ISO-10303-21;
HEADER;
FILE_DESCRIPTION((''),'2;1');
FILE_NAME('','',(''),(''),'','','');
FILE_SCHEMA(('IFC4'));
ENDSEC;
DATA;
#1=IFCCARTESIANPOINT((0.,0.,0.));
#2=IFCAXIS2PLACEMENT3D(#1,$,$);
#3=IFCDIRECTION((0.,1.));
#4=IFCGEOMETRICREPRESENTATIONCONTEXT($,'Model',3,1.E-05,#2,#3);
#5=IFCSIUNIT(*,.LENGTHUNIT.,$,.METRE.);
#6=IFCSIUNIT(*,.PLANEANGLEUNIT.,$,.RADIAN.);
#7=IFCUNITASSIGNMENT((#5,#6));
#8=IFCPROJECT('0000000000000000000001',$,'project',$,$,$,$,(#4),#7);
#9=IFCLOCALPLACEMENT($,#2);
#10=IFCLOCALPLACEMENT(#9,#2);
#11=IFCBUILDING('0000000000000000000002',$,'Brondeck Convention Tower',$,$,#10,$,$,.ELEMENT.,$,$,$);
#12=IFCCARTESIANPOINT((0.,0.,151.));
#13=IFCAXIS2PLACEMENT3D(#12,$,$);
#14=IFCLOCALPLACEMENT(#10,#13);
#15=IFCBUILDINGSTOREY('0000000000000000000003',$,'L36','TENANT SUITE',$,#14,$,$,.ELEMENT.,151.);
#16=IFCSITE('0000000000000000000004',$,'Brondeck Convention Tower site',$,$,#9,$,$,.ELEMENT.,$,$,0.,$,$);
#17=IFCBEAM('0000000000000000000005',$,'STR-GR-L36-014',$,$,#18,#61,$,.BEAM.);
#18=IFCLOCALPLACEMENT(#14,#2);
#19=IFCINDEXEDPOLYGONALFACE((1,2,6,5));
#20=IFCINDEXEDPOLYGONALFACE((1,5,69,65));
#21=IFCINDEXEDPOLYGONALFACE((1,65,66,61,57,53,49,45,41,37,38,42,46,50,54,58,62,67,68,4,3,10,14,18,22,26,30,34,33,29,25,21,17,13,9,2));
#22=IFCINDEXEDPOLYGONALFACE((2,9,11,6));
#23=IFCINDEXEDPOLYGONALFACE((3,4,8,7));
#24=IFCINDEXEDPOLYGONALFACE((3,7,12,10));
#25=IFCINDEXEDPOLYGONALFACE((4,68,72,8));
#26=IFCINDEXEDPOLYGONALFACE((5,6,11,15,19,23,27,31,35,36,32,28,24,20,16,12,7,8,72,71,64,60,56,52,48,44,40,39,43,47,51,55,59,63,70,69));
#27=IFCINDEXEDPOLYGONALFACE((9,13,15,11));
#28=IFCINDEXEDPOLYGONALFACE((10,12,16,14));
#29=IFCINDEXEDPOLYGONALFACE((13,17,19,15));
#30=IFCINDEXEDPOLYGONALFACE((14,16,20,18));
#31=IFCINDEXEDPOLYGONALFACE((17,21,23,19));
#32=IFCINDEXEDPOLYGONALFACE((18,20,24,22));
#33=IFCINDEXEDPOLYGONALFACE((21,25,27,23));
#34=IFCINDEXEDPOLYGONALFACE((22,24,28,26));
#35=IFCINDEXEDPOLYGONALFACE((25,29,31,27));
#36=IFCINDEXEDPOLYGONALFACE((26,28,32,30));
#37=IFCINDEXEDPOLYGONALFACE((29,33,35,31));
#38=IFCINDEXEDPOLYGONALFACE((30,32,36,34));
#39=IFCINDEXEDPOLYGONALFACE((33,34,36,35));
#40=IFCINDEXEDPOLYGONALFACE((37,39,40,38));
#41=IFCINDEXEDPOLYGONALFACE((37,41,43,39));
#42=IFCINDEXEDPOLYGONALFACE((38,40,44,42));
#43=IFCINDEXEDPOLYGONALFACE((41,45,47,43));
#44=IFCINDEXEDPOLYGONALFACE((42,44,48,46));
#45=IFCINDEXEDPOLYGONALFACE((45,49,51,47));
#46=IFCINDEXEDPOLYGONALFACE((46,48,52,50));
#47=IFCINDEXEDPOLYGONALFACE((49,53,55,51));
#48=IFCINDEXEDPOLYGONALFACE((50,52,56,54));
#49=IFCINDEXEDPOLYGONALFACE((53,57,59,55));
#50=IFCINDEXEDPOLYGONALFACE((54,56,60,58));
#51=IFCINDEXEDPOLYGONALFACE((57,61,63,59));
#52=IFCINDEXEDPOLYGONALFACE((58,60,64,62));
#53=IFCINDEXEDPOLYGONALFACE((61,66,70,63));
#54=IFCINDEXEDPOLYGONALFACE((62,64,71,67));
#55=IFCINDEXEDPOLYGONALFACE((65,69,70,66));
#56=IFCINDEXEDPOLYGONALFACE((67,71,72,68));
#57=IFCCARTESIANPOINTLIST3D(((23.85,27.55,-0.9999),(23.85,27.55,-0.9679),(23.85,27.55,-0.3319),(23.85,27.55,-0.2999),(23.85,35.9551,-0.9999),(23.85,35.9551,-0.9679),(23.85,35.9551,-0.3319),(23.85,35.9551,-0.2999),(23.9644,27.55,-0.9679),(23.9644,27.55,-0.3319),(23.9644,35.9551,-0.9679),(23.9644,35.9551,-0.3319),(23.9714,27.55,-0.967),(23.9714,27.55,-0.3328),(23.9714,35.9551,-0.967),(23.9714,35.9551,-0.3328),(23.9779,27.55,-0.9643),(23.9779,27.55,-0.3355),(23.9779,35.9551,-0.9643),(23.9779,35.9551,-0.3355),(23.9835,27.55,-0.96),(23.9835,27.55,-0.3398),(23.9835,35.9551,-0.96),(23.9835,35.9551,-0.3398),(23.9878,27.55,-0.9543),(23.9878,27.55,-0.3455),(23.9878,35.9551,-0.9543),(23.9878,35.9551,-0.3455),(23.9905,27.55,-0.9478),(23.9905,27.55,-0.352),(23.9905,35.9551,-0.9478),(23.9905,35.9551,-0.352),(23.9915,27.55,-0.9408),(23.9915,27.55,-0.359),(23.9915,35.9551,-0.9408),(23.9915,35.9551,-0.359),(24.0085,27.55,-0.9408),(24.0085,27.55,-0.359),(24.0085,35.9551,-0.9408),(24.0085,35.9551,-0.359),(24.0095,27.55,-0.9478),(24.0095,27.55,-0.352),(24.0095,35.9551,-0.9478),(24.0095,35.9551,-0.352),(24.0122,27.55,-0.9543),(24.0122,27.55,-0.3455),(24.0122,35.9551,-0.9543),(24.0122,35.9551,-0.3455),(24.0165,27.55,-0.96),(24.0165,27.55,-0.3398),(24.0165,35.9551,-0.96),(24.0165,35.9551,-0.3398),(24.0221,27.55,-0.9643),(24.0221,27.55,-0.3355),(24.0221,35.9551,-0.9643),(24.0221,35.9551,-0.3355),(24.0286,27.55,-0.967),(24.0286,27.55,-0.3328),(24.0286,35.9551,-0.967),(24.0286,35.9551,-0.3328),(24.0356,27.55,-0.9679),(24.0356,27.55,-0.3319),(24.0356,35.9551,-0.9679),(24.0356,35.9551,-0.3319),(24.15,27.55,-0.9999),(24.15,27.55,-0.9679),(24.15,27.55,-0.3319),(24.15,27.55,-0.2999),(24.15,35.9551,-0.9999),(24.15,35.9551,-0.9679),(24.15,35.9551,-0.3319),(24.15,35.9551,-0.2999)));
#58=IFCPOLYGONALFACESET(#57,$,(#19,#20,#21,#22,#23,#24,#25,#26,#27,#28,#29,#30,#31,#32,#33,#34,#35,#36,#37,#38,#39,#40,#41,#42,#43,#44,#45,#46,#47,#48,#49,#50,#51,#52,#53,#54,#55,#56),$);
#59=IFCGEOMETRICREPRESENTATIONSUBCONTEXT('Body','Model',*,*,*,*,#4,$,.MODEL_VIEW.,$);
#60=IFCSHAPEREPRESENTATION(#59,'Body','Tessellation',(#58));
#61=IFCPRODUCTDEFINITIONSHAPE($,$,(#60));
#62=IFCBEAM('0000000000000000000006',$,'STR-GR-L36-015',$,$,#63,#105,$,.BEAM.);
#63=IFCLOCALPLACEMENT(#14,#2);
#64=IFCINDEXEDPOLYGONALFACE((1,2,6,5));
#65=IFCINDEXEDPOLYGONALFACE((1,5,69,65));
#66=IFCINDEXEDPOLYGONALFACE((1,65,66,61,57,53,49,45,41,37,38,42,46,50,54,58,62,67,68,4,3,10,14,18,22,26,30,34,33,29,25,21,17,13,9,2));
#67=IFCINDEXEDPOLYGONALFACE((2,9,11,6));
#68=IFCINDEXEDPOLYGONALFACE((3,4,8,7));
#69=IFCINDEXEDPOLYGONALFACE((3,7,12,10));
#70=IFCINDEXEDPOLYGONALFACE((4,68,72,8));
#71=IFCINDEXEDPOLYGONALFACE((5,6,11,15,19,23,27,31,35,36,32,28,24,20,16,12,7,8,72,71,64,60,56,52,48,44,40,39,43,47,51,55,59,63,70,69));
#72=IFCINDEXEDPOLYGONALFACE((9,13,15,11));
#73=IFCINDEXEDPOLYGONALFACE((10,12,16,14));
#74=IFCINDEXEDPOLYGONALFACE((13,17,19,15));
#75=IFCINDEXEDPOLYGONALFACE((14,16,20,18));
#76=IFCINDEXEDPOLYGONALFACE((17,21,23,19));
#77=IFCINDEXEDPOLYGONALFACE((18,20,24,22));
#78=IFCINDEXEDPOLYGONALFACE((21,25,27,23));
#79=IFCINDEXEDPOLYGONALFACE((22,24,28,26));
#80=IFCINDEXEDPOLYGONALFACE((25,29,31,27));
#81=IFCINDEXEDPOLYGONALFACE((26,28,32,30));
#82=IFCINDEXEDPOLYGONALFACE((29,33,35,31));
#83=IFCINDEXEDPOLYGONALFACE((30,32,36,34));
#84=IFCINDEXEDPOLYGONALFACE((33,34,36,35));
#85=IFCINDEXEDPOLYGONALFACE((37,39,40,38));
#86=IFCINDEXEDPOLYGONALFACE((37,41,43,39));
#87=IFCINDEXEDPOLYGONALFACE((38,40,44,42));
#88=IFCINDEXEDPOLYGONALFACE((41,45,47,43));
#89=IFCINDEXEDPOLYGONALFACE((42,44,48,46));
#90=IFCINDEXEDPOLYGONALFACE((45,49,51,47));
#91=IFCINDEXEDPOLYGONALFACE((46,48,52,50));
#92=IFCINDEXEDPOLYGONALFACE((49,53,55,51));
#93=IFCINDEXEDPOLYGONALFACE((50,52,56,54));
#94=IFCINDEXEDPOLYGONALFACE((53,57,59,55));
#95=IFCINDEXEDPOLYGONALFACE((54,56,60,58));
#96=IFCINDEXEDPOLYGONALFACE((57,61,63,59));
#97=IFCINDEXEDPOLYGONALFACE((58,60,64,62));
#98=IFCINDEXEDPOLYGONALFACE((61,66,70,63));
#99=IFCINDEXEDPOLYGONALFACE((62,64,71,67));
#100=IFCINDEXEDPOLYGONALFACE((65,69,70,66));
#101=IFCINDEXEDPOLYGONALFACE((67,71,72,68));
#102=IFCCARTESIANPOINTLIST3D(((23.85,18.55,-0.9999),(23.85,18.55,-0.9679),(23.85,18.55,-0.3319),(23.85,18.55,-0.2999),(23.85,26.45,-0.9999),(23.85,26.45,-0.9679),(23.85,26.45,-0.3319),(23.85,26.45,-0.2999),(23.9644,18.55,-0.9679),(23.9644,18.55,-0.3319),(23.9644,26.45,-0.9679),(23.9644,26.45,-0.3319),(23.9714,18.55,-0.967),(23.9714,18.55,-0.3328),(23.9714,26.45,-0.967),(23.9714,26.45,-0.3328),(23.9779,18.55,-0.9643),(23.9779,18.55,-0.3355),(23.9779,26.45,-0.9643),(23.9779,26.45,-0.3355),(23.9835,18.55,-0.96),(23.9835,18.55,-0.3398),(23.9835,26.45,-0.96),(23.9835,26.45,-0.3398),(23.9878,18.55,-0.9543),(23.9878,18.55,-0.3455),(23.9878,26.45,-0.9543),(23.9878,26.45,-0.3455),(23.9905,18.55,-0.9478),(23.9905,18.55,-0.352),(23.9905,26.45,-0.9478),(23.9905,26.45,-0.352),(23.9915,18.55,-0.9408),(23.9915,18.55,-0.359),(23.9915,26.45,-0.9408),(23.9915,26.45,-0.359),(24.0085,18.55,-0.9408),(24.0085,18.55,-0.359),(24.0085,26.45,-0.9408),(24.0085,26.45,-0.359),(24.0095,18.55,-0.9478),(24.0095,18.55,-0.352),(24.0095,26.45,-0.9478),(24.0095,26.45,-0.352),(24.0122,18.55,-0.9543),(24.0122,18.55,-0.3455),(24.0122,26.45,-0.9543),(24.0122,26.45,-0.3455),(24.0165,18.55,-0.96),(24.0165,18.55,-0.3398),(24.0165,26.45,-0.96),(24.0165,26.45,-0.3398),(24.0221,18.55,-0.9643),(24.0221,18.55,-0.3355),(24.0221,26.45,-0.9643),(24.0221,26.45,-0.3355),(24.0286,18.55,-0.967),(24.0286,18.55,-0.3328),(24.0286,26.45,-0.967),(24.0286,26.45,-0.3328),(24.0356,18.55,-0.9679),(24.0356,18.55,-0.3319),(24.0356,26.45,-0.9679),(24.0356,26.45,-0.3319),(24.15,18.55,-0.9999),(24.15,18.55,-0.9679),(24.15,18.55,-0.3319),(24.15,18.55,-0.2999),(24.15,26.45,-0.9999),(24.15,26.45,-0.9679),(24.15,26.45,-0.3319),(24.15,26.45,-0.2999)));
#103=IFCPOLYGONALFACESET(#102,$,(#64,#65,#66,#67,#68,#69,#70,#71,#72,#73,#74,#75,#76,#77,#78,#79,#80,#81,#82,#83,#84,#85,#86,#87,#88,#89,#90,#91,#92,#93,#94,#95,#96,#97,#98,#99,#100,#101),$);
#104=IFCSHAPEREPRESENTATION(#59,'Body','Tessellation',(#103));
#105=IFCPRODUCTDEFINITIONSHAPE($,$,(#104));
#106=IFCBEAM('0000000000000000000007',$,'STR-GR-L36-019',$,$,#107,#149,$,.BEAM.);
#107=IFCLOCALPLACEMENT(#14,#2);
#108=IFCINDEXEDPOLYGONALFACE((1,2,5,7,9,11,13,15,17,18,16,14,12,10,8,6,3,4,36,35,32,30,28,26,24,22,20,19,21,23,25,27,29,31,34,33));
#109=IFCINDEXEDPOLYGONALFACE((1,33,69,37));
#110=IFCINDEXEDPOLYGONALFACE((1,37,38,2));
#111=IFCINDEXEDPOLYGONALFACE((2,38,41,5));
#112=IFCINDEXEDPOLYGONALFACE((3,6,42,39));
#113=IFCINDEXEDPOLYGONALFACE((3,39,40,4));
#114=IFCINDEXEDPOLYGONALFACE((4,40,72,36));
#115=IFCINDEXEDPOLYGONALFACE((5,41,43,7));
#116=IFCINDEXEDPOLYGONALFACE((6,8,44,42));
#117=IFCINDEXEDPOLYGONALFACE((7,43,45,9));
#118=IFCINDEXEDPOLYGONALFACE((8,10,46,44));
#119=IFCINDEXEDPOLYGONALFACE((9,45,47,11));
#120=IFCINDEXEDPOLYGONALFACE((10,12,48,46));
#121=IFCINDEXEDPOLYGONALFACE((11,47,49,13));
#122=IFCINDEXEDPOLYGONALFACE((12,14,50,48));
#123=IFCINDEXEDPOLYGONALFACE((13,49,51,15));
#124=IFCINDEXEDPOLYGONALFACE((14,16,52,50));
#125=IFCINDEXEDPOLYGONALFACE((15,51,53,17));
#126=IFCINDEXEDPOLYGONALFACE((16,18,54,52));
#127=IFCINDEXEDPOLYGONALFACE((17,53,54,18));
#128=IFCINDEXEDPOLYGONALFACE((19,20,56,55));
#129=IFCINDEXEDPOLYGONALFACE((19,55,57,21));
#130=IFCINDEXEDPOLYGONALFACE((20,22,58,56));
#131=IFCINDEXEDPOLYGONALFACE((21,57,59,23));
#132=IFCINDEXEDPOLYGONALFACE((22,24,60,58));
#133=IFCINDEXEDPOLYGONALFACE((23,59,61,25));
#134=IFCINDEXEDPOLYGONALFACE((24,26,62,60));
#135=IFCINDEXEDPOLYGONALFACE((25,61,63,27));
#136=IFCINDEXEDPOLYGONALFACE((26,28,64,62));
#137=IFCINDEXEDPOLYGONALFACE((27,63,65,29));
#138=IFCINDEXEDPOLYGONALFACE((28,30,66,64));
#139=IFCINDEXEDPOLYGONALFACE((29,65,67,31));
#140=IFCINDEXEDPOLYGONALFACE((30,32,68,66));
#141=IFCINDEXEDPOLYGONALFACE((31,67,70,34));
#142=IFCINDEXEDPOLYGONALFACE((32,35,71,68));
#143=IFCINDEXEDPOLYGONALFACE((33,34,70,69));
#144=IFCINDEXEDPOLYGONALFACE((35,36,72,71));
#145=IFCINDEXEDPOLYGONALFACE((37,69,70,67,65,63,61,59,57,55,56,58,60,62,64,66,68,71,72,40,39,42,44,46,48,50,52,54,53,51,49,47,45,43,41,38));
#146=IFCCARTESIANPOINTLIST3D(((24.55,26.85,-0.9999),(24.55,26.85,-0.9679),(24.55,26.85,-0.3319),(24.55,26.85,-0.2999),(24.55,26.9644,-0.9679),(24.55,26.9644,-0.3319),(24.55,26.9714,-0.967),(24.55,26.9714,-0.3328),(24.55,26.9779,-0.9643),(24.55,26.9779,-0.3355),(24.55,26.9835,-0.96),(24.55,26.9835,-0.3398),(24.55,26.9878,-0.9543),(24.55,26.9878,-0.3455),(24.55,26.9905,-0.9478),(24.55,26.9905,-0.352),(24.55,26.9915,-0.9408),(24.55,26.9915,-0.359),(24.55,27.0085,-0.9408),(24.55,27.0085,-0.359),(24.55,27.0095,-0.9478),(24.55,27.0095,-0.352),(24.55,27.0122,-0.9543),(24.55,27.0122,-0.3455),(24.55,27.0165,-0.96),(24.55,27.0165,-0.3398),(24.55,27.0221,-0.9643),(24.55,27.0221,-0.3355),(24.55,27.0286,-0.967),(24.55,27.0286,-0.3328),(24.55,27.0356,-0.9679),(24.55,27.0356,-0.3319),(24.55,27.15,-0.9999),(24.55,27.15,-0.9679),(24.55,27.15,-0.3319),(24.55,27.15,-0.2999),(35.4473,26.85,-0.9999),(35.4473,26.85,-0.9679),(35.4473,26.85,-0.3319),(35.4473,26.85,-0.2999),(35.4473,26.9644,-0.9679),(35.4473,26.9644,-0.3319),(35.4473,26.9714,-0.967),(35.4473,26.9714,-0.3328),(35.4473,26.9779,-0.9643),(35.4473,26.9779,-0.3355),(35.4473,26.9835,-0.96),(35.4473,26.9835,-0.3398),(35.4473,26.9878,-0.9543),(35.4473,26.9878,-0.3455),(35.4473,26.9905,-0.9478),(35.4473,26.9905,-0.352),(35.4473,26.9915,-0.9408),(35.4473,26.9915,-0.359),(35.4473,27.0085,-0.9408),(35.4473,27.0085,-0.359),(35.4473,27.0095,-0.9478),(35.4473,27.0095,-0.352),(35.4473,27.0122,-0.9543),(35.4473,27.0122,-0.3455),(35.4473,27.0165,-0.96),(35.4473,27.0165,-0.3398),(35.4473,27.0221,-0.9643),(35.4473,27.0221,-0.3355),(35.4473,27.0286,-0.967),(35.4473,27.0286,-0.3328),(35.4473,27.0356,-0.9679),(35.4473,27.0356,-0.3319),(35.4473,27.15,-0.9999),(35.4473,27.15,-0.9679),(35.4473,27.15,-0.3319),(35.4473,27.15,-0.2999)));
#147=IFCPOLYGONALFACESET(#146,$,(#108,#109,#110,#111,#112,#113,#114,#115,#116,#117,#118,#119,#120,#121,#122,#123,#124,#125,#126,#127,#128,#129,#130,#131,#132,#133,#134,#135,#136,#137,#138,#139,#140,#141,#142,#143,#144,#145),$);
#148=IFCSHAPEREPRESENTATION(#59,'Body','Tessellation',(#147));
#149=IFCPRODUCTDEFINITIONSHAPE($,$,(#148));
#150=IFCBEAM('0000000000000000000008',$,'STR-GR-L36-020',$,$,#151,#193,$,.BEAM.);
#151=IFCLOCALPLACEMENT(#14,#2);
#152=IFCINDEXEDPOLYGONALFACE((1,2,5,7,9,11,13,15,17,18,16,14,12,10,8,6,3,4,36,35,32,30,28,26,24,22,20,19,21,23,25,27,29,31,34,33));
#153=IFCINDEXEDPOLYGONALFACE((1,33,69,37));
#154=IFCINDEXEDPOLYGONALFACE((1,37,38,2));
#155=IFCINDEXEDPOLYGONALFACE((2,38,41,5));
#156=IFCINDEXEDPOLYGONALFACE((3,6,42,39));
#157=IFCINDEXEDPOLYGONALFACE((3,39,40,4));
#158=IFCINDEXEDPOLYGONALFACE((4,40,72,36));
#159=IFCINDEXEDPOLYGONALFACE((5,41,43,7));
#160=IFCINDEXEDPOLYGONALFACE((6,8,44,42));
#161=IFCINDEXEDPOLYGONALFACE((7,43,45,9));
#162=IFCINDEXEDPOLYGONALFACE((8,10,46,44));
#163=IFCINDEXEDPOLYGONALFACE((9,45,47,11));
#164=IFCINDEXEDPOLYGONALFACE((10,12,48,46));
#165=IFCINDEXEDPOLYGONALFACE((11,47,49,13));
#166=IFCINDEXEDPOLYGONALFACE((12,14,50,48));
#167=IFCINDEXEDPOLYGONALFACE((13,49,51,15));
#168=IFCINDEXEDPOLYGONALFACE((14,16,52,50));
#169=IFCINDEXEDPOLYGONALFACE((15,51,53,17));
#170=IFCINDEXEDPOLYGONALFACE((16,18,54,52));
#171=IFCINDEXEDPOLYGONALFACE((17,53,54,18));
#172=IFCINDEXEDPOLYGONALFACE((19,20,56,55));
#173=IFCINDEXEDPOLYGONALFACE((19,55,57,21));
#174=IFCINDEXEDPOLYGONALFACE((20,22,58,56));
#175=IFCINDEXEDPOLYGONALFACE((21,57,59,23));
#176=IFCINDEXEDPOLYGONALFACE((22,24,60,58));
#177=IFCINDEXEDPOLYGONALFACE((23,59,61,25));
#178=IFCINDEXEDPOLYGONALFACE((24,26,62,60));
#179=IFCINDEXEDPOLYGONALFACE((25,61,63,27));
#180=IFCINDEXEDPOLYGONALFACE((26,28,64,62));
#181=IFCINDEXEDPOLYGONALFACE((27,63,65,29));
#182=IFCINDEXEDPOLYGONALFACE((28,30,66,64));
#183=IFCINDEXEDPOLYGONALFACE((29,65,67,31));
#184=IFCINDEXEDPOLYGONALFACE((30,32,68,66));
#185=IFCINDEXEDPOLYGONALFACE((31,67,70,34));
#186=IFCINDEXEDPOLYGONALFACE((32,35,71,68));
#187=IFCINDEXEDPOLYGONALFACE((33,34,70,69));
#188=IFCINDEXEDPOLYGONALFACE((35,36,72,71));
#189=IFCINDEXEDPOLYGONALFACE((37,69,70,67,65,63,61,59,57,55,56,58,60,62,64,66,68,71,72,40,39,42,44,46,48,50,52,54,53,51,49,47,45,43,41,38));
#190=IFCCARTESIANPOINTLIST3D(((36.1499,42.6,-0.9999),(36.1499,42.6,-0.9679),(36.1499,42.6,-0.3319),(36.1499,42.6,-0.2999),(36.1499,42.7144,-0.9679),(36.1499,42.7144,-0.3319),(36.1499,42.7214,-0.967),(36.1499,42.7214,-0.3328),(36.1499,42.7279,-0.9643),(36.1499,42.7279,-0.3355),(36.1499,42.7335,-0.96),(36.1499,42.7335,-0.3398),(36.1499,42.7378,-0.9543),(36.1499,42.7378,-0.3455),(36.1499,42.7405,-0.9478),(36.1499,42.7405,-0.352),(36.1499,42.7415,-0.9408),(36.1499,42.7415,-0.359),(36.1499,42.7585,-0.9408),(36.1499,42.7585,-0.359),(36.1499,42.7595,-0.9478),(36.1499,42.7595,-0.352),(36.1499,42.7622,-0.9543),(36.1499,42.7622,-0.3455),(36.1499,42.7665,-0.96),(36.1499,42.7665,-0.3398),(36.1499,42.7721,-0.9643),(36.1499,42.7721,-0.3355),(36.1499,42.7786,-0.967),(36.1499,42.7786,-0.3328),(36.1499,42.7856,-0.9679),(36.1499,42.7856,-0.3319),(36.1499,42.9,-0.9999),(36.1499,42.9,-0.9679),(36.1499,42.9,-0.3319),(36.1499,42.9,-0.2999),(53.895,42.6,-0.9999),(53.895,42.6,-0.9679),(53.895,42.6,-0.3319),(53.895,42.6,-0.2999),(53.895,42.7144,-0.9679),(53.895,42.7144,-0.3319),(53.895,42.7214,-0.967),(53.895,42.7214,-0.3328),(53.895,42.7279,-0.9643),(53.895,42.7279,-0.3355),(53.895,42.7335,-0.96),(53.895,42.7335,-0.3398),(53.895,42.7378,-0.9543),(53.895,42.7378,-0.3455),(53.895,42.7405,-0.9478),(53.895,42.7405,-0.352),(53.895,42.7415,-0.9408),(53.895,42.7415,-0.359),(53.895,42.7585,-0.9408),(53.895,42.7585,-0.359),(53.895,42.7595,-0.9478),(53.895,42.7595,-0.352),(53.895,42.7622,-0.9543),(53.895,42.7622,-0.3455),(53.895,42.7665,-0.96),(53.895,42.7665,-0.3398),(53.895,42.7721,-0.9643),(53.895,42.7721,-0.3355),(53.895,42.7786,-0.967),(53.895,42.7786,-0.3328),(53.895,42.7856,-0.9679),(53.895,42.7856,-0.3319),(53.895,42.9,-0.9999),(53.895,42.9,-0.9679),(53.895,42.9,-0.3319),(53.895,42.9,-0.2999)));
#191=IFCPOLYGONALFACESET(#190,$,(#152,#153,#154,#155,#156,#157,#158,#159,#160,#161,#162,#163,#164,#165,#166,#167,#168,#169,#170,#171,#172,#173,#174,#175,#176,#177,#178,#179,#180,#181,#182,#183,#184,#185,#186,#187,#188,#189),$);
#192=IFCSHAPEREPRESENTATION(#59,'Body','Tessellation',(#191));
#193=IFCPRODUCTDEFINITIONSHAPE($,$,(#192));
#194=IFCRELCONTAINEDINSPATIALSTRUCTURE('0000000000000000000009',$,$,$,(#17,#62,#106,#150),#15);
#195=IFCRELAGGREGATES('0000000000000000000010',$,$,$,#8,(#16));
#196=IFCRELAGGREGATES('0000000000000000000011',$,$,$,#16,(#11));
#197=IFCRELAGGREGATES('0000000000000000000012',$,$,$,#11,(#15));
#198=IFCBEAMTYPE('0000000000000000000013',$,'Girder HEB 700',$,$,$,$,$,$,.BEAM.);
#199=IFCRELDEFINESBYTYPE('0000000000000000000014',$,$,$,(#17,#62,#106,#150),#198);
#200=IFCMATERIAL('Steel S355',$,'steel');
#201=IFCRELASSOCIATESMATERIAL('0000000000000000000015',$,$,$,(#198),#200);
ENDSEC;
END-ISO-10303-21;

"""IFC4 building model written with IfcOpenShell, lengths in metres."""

from ifc_helpers import new_model, si_unit, direction, frame, origin, origin_2d, place, context, subcontext, project, spatial, i_section, extrude, material, material_profile, profile_set, type_object, element, save


model = new_model("IFC4")

# Units and contexts
model_context = context("Model", 3, precision=1e-05, world=origin(), true_north=direction((0.0, 1.0)))
body_context = subcontext(model_context, "Body", "Model", "MODEL_VIEW")
ifc_project = project(units=[si_unit("LENGTHUNIT", "METRE"), si_unit("PLANEANGLEUNIT", "RADIAN")], contexts=[model_context])

# Site, building, storey
site_placement = place(None, origin())
site = spatial("IfcSite", under=ifc_project, at=site_placement, Name="Brondeck Convention Tower site", CompositionType="ELEMENT", RefElevation=0.0)
building_placement = place(site_placement, origin())
building = spatial("IfcBuilding", under=site, at=building_placement, Name="Brondeck Convention Tower", CompositionType="ELEMENT")
storey_placement = place(building_placement, frame((0.0, 0.0, 151.0)))
storey = spatial("IfcBuildingStorey", under=building, at=storey_placement, Name="L36", Description="TENANT SUITE", CompositionType="ELEMENT", Elevation=151.0)

# Beams
ifc_material_1 = material(Name="Steel S355", Category="steel")
ifc_material_profile_1 = material_profile(ifc_material_1, i_section(OverallWidth=0.3, OverallDepth=0.7, WebThickness=0.0171, FlangeThickness=0.032, FilletRadius=0.0271, at=origin_2d()), Name="HEB 700")
ifc_profile_set_1 = profile_set([ifc_material_profile_1], Name="Steel S355")
beam_type_1 = type_object("IfcBeamType", Name="Girder HEB 700", PredefinedType="BEAM", material=ifc_profile_set_1)
beam_1_placement = place(storey_placement, frame((24.0, 35.9551, -0.6499), z_axis=(0.0, -1.0, 0.0), x_axis=(1.0, 0.0, 0.0)))
element("IfcBeam", 1, at=beam_1_placement, inside=storey, type_object=beam_type_1, Name="STR-GR-L36-014", PredefinedType="BEAM", context=body_context, shape_type="SweptSolid", body=[
    extrude(i_section(OverallWidth=0.3, OverallDepth=0.7, WebThickness=0.0171, FlangeThickness=0.032, FilletRadius=0.0271, at=origin_2d()), origin(), (0.0, 0.0, 1.0), 8.405),
])
beam_2_placement = place(storey_placement, frame((24.0, 26.45, -0.6499), z_axis=(0.0, -1.0, 0.0), x_axis=(1.0, 0.0, 0.0)))
element("IfcBeam", 2, at=beam_2_placement, inside=storey, type_object=beam_type_1, Name="STR-GR-L36-015", PredefinedType="BEAM", context=body_context, shape_type="SweptSolid", body=[
    extrude(i_section(OverallWidth=0.3, OverallDepth=0.7, WebThickness=0.0171, FlangeThickness=0.032, FilletRadius=0.0271, at=origin_2d()), origin(), (0.0, 0.0, 1.0), 7.8999),
])
beam_3_placement = place(storey_placement, frame((24.55, 27.0, -0.6499), z_axis=(1.0, 0.0, 0.0), x_axis=(0.0, 1.0, 0.0)))
element("IfcBeam", 3, at=beam_3_placement, inside=storey, type_object=beam_type_1, Name="STR-GR-L36-019", PredefinedType="BEAM", context=body_context, shape_type="SweptSolid", body=[
    extrude(i_section(OverallWidth=0.3, OverallDepth=0.7, WebThickness=0.0171, FlangeThickness=0.032, FilletRadius=0.0271, at=origin_2d()), origin(), (0.0, 0.0, 1.0), 10.8972),
])
beam_4_placement = place(storey_placement, frame((36.1499, 42.75, -0.6499), z_axis=(1.0, 0.0, 0.0), x_axis=(0.0, 1.0, 0.0)))
element("IfcBeam", 4, at=beam_4_placement, inside=storey, type_object=beam_type_1, Name="STR-GR-L36-020", PredefinedType="BEAM", context=body_context, shape_type="SweptSolid", body=[
    extrude(i_section(OverallWidth=0.3, OverallDepth=0.7, WebThickness=0.0171, FlangeThickness=0.032, FilletRadius=0.0271, at=origin_2d()), origin(), (0.0, 0.0, 1.0), 17.7451),
])

save(model, "model.ifc")
